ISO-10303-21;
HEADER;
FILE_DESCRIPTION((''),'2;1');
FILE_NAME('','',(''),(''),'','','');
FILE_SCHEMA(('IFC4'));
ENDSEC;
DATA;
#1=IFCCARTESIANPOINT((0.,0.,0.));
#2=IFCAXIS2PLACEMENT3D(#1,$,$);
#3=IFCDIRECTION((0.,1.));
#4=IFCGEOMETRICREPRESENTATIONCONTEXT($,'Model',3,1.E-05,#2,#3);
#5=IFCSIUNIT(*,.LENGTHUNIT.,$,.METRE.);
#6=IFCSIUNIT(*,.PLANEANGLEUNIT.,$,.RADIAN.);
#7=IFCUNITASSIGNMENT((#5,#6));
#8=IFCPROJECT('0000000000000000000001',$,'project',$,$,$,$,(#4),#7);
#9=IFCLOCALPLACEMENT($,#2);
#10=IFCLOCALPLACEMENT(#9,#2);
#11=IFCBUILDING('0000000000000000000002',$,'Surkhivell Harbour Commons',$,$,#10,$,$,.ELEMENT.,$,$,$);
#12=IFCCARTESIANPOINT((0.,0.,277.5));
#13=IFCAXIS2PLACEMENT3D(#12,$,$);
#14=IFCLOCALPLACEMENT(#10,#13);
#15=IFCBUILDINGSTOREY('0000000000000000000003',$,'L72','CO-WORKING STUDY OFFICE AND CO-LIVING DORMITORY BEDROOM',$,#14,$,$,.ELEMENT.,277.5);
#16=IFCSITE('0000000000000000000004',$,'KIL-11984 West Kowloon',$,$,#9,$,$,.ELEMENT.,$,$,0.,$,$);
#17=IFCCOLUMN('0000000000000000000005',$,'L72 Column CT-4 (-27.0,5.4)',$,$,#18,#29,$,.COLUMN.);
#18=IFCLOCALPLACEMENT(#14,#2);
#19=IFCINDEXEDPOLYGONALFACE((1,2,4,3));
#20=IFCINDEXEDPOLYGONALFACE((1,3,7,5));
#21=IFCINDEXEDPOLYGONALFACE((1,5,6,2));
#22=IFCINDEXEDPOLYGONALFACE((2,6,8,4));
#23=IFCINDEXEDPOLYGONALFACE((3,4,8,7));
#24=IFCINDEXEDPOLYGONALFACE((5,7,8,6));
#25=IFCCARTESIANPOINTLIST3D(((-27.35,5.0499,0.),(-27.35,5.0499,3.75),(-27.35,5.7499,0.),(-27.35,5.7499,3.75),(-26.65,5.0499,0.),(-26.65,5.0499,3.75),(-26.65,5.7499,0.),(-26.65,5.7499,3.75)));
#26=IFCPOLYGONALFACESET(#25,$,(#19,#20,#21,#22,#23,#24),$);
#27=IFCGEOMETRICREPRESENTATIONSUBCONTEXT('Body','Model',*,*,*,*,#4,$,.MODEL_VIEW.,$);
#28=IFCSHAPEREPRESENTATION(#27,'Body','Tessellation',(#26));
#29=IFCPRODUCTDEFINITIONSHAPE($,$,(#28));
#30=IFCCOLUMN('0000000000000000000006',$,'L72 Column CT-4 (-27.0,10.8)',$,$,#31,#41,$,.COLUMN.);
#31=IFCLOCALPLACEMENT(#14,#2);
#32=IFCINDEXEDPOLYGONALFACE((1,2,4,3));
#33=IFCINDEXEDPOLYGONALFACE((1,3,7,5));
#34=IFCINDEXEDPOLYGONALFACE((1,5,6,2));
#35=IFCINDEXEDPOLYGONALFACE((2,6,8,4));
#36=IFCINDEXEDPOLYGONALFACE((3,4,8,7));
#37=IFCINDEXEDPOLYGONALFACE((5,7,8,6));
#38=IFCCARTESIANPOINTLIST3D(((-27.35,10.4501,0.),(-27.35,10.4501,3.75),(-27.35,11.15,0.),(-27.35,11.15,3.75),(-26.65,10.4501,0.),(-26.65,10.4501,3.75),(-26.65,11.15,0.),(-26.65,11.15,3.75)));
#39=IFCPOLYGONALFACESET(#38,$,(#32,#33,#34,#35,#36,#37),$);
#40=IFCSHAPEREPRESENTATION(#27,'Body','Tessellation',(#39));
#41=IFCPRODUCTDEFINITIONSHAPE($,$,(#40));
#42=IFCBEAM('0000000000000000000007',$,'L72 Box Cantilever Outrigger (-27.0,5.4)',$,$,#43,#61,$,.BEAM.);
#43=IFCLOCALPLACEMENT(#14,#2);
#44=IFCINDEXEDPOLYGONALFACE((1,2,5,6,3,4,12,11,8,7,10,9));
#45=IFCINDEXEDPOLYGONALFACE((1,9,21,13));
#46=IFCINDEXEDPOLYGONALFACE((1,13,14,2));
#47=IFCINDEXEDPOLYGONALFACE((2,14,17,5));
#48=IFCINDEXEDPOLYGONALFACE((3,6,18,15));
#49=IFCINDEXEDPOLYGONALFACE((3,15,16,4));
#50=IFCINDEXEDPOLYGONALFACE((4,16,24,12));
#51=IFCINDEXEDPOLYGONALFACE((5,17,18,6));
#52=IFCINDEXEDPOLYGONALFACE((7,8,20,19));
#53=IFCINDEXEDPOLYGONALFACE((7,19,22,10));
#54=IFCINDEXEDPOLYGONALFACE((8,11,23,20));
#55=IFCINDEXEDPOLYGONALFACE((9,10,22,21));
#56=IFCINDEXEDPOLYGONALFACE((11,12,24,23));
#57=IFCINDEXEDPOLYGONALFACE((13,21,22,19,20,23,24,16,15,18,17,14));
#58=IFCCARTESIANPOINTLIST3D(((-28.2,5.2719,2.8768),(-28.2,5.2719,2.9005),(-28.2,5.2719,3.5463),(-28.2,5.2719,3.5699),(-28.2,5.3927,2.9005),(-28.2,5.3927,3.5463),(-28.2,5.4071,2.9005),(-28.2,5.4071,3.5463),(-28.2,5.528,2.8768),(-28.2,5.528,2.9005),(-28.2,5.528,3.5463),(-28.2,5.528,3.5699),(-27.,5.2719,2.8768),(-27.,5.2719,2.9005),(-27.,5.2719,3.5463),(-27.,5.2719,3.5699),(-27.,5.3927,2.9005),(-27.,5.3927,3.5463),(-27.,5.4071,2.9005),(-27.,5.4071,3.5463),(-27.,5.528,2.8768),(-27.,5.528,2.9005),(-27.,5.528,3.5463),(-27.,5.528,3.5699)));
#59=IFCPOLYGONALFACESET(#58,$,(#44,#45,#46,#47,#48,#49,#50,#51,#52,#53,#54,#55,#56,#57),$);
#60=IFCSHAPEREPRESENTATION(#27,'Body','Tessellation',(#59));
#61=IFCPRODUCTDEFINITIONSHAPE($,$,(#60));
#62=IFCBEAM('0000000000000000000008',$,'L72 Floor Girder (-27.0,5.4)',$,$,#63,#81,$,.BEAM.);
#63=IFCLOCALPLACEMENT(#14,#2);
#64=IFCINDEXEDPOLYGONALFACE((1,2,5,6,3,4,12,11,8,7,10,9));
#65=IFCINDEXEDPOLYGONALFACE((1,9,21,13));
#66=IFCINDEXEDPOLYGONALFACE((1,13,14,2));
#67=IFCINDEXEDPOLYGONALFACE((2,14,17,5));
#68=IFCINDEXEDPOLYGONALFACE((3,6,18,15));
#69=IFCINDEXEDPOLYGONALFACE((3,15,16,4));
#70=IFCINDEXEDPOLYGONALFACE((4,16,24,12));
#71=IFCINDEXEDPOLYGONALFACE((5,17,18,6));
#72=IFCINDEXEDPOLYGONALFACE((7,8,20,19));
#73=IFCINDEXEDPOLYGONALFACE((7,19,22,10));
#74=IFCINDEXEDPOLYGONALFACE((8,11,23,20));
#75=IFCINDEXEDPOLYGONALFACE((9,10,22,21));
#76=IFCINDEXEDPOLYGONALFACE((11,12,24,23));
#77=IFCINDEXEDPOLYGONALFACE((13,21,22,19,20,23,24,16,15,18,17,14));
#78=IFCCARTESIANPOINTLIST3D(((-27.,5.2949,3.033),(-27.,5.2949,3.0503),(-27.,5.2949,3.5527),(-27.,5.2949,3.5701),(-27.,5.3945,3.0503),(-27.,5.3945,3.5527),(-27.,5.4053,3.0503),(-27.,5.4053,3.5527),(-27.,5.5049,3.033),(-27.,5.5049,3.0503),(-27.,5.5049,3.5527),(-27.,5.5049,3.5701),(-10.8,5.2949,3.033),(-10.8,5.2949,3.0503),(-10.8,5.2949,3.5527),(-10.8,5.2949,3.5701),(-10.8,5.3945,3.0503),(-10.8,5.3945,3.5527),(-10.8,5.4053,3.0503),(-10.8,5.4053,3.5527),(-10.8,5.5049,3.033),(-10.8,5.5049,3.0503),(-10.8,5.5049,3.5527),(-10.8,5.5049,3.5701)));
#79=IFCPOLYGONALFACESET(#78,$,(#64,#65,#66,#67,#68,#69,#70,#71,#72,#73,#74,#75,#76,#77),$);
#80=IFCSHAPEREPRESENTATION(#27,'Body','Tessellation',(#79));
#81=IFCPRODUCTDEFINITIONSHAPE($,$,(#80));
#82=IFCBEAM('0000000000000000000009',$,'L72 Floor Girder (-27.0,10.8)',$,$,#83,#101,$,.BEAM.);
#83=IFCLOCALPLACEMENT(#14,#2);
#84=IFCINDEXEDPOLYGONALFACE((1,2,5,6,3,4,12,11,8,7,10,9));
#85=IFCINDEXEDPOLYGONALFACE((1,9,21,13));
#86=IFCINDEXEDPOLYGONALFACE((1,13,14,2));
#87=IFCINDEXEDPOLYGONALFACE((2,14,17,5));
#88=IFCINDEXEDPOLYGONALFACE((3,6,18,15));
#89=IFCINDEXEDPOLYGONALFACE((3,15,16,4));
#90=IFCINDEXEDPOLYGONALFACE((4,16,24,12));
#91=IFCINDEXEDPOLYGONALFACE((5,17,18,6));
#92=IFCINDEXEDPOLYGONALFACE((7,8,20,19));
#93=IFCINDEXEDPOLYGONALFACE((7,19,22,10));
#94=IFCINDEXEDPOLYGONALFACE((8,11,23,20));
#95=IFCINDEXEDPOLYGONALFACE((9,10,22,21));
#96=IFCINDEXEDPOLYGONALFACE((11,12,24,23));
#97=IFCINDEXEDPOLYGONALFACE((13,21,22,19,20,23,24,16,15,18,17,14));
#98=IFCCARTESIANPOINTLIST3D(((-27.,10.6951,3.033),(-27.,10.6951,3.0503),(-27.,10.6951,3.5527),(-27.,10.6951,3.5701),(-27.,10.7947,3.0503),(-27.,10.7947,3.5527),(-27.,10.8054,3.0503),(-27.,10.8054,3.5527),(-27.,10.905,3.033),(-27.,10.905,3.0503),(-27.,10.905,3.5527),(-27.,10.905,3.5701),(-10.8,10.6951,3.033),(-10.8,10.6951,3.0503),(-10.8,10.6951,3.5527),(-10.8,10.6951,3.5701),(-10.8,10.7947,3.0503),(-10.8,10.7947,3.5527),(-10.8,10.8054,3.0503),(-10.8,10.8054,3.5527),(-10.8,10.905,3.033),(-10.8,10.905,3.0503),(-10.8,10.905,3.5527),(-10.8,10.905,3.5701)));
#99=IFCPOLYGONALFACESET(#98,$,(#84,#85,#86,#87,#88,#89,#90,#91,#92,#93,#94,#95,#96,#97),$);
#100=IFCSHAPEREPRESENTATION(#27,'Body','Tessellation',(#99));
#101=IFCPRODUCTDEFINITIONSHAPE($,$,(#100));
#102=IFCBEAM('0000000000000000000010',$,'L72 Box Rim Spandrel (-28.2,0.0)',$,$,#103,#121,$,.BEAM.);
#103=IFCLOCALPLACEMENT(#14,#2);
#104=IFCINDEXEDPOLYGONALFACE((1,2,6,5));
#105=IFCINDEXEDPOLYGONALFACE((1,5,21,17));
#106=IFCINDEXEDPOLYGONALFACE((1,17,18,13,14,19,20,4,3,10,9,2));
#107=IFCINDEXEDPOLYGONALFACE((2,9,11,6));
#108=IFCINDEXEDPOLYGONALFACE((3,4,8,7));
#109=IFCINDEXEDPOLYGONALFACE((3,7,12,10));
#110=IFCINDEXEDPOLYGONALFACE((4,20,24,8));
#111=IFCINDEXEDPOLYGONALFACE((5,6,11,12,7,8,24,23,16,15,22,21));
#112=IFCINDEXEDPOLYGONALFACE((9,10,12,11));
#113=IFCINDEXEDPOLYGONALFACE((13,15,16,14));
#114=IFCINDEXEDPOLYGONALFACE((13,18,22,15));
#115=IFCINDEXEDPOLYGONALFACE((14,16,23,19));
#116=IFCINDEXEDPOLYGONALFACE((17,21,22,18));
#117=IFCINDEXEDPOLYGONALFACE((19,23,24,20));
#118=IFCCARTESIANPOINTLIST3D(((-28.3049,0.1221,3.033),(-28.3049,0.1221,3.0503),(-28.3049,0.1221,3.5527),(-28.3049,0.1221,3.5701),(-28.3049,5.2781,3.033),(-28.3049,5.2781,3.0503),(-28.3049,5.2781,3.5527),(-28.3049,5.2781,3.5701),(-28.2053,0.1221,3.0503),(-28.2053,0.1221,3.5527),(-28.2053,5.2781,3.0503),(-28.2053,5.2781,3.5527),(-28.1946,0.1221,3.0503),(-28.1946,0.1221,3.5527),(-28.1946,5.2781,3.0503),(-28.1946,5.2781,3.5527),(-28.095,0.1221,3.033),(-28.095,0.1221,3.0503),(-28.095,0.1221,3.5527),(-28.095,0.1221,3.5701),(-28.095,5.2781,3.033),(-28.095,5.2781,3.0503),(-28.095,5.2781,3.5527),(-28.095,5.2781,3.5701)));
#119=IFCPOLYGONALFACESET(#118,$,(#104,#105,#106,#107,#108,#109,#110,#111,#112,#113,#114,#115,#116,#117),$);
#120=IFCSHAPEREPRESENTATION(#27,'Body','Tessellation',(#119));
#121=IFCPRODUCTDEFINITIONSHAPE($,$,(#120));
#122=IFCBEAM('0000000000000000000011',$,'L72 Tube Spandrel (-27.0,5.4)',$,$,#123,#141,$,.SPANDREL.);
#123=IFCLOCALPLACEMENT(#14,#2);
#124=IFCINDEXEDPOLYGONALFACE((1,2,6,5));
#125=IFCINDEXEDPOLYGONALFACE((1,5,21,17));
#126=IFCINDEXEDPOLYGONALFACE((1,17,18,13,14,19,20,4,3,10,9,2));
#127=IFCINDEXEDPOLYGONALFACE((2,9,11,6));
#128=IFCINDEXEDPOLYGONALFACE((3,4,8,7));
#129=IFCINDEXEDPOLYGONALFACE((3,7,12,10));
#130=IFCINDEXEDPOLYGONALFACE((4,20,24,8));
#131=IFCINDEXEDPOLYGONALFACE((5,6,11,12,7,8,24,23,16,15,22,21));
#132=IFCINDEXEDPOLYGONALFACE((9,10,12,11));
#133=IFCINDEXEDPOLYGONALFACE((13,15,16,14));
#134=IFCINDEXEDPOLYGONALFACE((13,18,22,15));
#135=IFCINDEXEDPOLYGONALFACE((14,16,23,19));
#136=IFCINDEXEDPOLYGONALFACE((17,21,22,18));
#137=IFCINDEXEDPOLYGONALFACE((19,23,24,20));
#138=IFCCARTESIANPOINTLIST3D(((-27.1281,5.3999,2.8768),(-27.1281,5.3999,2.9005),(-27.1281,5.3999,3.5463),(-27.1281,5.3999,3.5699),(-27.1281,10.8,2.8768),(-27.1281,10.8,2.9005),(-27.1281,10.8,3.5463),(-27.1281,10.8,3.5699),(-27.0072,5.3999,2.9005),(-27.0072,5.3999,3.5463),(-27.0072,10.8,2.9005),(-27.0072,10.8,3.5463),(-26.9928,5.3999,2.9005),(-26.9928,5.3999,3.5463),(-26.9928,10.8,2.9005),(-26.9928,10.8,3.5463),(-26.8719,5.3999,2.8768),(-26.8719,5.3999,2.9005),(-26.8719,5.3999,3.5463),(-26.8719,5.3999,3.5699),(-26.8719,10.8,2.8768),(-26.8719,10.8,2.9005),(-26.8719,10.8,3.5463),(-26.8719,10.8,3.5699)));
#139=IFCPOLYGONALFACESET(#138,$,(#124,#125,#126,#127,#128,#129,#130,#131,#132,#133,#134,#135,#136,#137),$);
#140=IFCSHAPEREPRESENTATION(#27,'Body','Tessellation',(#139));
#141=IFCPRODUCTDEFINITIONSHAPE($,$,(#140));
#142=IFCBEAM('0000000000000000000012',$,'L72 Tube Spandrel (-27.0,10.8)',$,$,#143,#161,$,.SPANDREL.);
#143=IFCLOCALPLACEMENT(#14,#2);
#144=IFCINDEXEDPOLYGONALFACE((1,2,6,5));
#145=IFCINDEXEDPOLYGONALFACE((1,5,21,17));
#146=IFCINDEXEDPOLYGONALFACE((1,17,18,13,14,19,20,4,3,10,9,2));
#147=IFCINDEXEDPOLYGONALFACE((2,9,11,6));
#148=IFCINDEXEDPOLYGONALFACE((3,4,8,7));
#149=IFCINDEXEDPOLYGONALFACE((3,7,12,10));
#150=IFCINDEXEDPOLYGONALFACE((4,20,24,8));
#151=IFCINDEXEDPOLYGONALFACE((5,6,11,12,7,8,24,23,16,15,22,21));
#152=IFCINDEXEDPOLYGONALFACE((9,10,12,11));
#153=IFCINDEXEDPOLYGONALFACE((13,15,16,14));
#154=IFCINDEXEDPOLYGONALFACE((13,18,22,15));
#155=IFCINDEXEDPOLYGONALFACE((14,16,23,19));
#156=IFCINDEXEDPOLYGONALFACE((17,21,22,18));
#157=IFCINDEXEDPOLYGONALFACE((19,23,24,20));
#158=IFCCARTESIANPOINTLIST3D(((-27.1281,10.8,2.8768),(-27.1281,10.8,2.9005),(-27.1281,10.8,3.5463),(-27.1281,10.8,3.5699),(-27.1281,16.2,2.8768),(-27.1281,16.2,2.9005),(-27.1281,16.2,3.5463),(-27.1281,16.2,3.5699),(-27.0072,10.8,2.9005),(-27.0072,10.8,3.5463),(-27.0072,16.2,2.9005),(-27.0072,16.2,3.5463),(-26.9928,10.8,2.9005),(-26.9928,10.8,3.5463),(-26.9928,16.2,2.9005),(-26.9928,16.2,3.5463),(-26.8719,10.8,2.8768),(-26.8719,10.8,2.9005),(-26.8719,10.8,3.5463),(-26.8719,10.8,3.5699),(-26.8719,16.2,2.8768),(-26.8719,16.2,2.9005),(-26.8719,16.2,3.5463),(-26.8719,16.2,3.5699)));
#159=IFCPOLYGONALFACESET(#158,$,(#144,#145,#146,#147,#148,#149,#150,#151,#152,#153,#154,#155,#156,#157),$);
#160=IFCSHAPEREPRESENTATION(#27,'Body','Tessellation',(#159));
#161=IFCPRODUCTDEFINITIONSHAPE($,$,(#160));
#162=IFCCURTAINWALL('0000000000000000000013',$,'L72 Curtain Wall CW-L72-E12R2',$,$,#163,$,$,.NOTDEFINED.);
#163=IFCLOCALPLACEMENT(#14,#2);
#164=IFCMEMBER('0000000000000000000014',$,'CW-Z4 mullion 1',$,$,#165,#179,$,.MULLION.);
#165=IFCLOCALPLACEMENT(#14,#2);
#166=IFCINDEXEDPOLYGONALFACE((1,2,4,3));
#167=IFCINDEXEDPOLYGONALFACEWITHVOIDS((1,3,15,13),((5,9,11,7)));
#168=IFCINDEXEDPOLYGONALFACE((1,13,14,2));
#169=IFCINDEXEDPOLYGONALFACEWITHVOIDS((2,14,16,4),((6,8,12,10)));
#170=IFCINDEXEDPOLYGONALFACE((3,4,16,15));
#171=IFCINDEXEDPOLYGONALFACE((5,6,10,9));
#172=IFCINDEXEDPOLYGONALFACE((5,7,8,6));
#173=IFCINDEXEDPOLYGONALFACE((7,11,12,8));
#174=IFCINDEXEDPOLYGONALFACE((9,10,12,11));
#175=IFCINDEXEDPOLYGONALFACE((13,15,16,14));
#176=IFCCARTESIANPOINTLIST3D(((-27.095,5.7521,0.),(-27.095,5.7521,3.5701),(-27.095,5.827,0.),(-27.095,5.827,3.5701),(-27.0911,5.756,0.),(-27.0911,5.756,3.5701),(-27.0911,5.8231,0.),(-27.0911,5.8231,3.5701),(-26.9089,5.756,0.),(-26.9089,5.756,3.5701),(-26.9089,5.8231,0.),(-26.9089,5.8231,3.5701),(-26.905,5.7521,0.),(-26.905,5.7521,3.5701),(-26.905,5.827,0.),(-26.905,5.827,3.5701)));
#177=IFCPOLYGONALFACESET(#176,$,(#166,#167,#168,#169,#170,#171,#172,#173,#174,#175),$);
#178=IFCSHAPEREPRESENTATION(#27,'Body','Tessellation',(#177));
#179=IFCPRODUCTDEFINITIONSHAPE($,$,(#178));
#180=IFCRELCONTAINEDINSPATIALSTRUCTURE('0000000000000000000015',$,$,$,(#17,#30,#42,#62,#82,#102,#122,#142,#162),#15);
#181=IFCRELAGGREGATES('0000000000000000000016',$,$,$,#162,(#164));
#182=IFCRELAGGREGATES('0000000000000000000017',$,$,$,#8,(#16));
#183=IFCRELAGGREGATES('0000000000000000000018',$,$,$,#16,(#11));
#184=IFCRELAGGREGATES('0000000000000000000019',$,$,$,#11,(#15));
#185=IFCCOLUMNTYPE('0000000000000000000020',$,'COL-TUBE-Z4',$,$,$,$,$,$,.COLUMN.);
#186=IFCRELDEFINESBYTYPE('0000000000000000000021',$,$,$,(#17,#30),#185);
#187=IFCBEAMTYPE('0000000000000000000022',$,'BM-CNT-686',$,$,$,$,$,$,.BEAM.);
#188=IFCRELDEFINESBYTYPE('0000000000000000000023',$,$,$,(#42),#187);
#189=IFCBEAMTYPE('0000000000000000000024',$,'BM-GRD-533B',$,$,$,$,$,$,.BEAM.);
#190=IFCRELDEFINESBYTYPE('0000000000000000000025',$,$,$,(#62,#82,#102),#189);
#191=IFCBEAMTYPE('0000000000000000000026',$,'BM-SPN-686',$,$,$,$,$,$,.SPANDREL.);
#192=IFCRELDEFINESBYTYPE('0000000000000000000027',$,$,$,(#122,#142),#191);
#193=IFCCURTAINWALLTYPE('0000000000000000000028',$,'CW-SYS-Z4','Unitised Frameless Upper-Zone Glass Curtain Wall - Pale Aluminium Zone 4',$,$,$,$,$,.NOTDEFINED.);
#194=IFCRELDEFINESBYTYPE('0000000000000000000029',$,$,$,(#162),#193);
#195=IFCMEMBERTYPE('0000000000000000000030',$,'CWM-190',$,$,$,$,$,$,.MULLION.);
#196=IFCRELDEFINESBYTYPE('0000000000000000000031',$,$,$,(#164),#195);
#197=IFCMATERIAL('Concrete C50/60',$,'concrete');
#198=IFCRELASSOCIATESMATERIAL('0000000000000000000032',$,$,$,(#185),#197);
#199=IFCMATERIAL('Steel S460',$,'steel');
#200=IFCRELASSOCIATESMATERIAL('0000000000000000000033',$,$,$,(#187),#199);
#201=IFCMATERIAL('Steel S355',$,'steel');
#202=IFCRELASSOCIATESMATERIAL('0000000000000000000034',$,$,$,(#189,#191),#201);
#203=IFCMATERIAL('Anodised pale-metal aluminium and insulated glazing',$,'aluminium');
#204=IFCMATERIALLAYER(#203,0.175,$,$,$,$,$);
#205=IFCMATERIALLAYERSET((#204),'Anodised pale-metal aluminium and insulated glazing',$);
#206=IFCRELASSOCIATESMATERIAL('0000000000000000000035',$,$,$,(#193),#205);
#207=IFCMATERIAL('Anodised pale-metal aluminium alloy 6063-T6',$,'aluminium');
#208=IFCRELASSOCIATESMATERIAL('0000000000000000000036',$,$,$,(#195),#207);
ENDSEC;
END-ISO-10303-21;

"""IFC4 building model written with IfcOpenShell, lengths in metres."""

from ifc_helpers import new_model, si_unit, direction, frame, origin, origin_2d, place, context, subcontext, project, spatial, rectangle, hollow_rectangle, i_section, extrude, material, layer, layer_set, material_profile, profile_set, type_object, element, aggregate, save


model = new_model("IFC4")

# Units and contexts
model_context = context("Model", 3, precision=1e-05, world=origin(), true_north=direction((0.0, 1.0)))
body_context = subcontext(model_context, "Body", "Model", "MODEL_VIEW")
ifc_project = project(units=[si_unit("LENGTHUNIT", "METRE"), si_unit("PLANEANGLEUNIT", "RADIAN")], contexts=[model_context])

# Site, building, storey
site_placement = place(None, origin())
site = spatial("IfcSite", under=ifc_project, at=site_placement, Name="KIL-11984 West Kowloon", CompositionType="ELEMENT", RefElevation=0.0)
building_placement = place(site_placement, origin())
building = spatial("IfcBuilding", under=site, at=building_placement, Name="Surkhivell Harbour Commons", CompositionType="ELEMENT")
storey_placement = place(building_placement, frame((0.0, 0.0, 277.5)))
storey = spatial("IfcBuildingStorey", under=building, at=storey_placement, Name="L72", Description="CO-WORKING STUDY OFFICE AND CO-LIVING DORMITORY BEDROOM", CompositionType="ELEMENT", Elevation=277.5)

# Columns
ifc_material_1 = material(Name="Concrete C50/60", Category="concrete")
ifc_material_profile_1 = material_profile(ifc_material_1, rectangle(XDim=0.7, YDim=0.7, at=origin_2d()), Name="RC-COL-700x700")
ifc_profile_set_1 = profile_set([ifc_material_profile_1], Name="Concrete C50/60")
column_type = type_object("IfcColumnType", Name="COL-TUBE-Z4", PredefinedType="COLUMN", material=ifc_profile_set_1)
for number, where, z_axis, x_axis, name in (
    (1, (-27.0, 5.3999, 0.0), (0.0, 0.0, 1.0), (1.0, 0.0, 0.0), "L72 Column CT-4 (-27.0,5.4)"),
    (2, (-27.0, 10.8, 0.0), (0.0, 0.0, 1.0), (1.0, 0.0, 0.0), "L72 Column CT-4 (-27.0,10.8)"),
):
    element("IfcColumn", number, at=place(storey_placement, frame(where, z_axis=z_axis, x_axis=x_axis)), inside=storey, type_object=column_type, Name=name, PredefinedType="COLUMN", context=body_context, shape_type="SweptSolid", body=[
        extrude(rectangle(XDim=0.7, YDim=0.7, at=origin_2d()), origin(), (0.0, 0.0, 1.0), 3.75),
    ])

# Beams
ifc_material_2 = material(Name="Steel S460", Category="steel")
ifc_material_profile_2 = material_profile(ifc_material_2, i_section(OverallWidth=0.2561, OverallDepth=0.6931, WebThickness=0.0144, FlangeThickness=0.0237, at=origin_2d()), Name="UB686x254x170")
ifc_profile_set_2 = profile_set([ifc_material_profile_2], Name="Steel S460")
beam_type_1 = type_object("IfcBeamType", Name="BM-CNT-686", PredefinedType="BEAM", material=ifc_profile_set_2)
beam_1_placement = place(storey_placement, frame((-27.0, 5.3999, 3.2234), z_axis=(-1.0, 0.0, 0.0), x_axis=(0.0, -1.0, 0.0)))
element("IfcBeam", 3, at=beam_1_placement, inside=storey, type_object=beam_type_1, Name="L72 Box Cantilever Outrigger (-27.0,5.4)", PredefinedType="BEAM", context=body_context, shape_type="SweptSolid", body=[
    extrude(i_section(OverallWidth=0.2561, OverallDepth=0.6931, WebThickness=0.0144, FlangeThickness=0.0237, at=origin_2d()), origin(), (0.0, 0.0, 1.0), 1.2),
])
ifc_material_3 = material(Name="Steel S355", Category="steel")
ifc_material_profile_3 = material_profile(ifc_material_3, i_section(OverallWidth=0.21, OverallDepth=0.5371, WebThickness=0.0107, FlangeThickness=0.0173, at=origin_2d()), Name="UB533x210x101")
ifc_profile_set_3 = profile_set([ifc_material_profile_3], Name="Steel S355")
beam_type_2 = type_object("IfcBeamType", Name="BM-GRD-533B", PredefinedType="BEAM", material=ifc_profile_set_3)
for number, where, z_axis, x_axis, name in (
    (4, (-27.0, 5.3999, 3.3015), (1.0, 0.0, 0.0), (0.0, 1.0, 0.0), "L72 Floor Girder (-27.0,5.4)"),
    (5, (-27.0, 10.8, 3.3015), (1.0, 0.0, 0.0), (0.0, 1.0, 0.0), "L72 Floor Girder (-27.0,10.8)"),
):
    element("IfcBeam", number, at=place(storey_placement, frame(where, z_axis=z_axis, x_axis=x_axis)), inside=storey, type_object=beam_type_2, Name=name, PredefinedType="BEAM", context=body_context, shape_type="SweptSolid", body=[
        extrude(i_section(OverallWidth=0.21, OverallDepth=0.5371, WebThickness=0.0107, FlangeThickness=0.0173, at=origin_2d()), origin(), (0.0, 0.0, 1.0), 16.2),
    ])
beam_2_placement = place(storey_placement, frame((-28.2, 0.1221, 3.3015), z_axis=(0.0, 1.0, 0.0), x_axis=(-1.0, 0.0, 0.0)))
element("IfcBeam", 6, at=beam_2_placement, inside=storey, type_object=beam_type_2, Name="L72 Box Rim Spandrel (-28.2,0.0)", PredefinedType="BEAM", context=body_context, shape_type="SweptSolid", body=[
    extrude(i_section(OverallWidth=0.21, OverallDepth=0.5371, WebThickness=0.0107, FlangeThickness=0.0173, at=origin_2d()), origin(), (0.0, 0.0, 1.0), 5.156),
])
ifc_material_profile_4 = material_profile(ifc_material_3, i_section(OverallWidth=0.2561, OverallDepth=0.6931, WebThickness=0.0144, FlangeThickness=0.0237, at=origin_2d()), Name="UB686x254x170")
ifc_profile_set_4 = profile_set([ifc_material_profile_4], Name="Steel S355")
beam_type_3 = type_object("IfcBeamType", Name="BM-SPN-686", PredefinedType="SPANDREL", material=ifc_profile_set_4)
beam_3_placement = place(storey_placement, frame((-27.0, 5.3999, 3.2234), z_axis=(0.0, 1.0, 0.0), x_axis=(-1.0, 0.0, 0.0)))
element("IfcBeam", 7, at=beam_3_placement, inside=storey, type_object=beam_type_3, Name="L72 Tube Spandrel (-27.0,5.4)", PredefinedType="SPANDREL", context=body_context, shape_type="SweptSolid", body=[
    extrude(i_section(OverallWidth=0.2561, OverallDepth=0.6931, WebThickness=0.0144, FlangeThickness=0.0237, at=origin_2d()), origin(), (0.0, 0.0, 1.0), 5.4001),
])
beam_4_placement = place(storey_placement, frame((-27.0, 10.8, 3.2234), z_axis=(0.0, 1.0, 0.0), x_axis=(-1.0, 0.0, 0.0)))
element("IfcBeam", 8, at=beam_4_placement, inside=storey, type_object=beam_type_3, Name="L72 Tube Spandrel (-27.0,10.8)", PredefinedType="SPANDREL", context=body_context, shape_type="SweptSolid", body=[
    extrude(i_section(OverallWidth=0.2561, OverallDepth=0.6931, WebThickness=0.0144, FlangeThickness=0.0237, at=origin_2d()), origin(), (0.0, 0.0, 1.0), 5.3999),
])

# Curtain wall, member
ifc_material_4 = material(Name="Anodised pale-metal aluminium and insulated glazing", Category="aluminium")
ifc_layer_1 = layer(ifc_material_4, 0.175)
ifc_layer_set_1 = layer_set([ifc_layer_1], Name="Anodised pale-metal aluminium and insulated glazing")
curtain_wall_type = type_object("IfcCurtainWallType", Name="CW-SYS-Z4", Description="Unitised Frameless Upper-Zone Glass Curtain Wall - Pale Aluminium Zone 4", PredefinedType="NOTDEFINED", material=ifc_layer_set_1)
curtain_wall_placement = place(storey_placement, origin())
curtain_wall = element("IfcCurtainWall", 9, at=curtain_wall_placement, inside=storey, type_object=curtain_wall_type, Name="L72 Curtain Wall CW-L72-E12R2", PredefinedType="NOTDEFINED")
ifc_material_5 = material(Name="Anodised pale-metal aluminium alloy 6063-T6", Category="aluminium")
ifc_material_profile_5 = material_profile(ifc_material_5, hollow_rectangle(XDim=0.075, YDim=0.1899, WallThickness=0.0039, at=origin_2d()), Name="ALU-MULL-75x190")
ifc_profile_set_5 = profile_set([ifc_material_profile_5], Name="Anodised pale-metal aluminium alloy 6063-T6")
member_type_1 = type_object("IfcMemberType", Name="CWM-190", PredefinedType="MULLION", material=ifc_profile_set_5)
member_1_placement = place(storey_placement, frame((-27.0, 5.7896, 0.0), z_axis=(0.0, 0.0, 1.0), x_axis=(0.0, 1.0, 0.0)))
member_1 = element("IfcMember", 10, at=member_1_placement, type_object=member_type_1, Name="CW-Z4 mullion 1", PredefinedType="MULLION", context=body_context, shape_type="SweptSolid", body=[
    extrude(hollow_rectangle(XDim=0.075, YDim=0.1899, WallThickness=0.0039, at=origin_2d()), origin(), (0.0, 0.0, 1.0), 3.5701),
])
aggregate(curtain_wall, [member_1])

save(model, "model.ifc")
